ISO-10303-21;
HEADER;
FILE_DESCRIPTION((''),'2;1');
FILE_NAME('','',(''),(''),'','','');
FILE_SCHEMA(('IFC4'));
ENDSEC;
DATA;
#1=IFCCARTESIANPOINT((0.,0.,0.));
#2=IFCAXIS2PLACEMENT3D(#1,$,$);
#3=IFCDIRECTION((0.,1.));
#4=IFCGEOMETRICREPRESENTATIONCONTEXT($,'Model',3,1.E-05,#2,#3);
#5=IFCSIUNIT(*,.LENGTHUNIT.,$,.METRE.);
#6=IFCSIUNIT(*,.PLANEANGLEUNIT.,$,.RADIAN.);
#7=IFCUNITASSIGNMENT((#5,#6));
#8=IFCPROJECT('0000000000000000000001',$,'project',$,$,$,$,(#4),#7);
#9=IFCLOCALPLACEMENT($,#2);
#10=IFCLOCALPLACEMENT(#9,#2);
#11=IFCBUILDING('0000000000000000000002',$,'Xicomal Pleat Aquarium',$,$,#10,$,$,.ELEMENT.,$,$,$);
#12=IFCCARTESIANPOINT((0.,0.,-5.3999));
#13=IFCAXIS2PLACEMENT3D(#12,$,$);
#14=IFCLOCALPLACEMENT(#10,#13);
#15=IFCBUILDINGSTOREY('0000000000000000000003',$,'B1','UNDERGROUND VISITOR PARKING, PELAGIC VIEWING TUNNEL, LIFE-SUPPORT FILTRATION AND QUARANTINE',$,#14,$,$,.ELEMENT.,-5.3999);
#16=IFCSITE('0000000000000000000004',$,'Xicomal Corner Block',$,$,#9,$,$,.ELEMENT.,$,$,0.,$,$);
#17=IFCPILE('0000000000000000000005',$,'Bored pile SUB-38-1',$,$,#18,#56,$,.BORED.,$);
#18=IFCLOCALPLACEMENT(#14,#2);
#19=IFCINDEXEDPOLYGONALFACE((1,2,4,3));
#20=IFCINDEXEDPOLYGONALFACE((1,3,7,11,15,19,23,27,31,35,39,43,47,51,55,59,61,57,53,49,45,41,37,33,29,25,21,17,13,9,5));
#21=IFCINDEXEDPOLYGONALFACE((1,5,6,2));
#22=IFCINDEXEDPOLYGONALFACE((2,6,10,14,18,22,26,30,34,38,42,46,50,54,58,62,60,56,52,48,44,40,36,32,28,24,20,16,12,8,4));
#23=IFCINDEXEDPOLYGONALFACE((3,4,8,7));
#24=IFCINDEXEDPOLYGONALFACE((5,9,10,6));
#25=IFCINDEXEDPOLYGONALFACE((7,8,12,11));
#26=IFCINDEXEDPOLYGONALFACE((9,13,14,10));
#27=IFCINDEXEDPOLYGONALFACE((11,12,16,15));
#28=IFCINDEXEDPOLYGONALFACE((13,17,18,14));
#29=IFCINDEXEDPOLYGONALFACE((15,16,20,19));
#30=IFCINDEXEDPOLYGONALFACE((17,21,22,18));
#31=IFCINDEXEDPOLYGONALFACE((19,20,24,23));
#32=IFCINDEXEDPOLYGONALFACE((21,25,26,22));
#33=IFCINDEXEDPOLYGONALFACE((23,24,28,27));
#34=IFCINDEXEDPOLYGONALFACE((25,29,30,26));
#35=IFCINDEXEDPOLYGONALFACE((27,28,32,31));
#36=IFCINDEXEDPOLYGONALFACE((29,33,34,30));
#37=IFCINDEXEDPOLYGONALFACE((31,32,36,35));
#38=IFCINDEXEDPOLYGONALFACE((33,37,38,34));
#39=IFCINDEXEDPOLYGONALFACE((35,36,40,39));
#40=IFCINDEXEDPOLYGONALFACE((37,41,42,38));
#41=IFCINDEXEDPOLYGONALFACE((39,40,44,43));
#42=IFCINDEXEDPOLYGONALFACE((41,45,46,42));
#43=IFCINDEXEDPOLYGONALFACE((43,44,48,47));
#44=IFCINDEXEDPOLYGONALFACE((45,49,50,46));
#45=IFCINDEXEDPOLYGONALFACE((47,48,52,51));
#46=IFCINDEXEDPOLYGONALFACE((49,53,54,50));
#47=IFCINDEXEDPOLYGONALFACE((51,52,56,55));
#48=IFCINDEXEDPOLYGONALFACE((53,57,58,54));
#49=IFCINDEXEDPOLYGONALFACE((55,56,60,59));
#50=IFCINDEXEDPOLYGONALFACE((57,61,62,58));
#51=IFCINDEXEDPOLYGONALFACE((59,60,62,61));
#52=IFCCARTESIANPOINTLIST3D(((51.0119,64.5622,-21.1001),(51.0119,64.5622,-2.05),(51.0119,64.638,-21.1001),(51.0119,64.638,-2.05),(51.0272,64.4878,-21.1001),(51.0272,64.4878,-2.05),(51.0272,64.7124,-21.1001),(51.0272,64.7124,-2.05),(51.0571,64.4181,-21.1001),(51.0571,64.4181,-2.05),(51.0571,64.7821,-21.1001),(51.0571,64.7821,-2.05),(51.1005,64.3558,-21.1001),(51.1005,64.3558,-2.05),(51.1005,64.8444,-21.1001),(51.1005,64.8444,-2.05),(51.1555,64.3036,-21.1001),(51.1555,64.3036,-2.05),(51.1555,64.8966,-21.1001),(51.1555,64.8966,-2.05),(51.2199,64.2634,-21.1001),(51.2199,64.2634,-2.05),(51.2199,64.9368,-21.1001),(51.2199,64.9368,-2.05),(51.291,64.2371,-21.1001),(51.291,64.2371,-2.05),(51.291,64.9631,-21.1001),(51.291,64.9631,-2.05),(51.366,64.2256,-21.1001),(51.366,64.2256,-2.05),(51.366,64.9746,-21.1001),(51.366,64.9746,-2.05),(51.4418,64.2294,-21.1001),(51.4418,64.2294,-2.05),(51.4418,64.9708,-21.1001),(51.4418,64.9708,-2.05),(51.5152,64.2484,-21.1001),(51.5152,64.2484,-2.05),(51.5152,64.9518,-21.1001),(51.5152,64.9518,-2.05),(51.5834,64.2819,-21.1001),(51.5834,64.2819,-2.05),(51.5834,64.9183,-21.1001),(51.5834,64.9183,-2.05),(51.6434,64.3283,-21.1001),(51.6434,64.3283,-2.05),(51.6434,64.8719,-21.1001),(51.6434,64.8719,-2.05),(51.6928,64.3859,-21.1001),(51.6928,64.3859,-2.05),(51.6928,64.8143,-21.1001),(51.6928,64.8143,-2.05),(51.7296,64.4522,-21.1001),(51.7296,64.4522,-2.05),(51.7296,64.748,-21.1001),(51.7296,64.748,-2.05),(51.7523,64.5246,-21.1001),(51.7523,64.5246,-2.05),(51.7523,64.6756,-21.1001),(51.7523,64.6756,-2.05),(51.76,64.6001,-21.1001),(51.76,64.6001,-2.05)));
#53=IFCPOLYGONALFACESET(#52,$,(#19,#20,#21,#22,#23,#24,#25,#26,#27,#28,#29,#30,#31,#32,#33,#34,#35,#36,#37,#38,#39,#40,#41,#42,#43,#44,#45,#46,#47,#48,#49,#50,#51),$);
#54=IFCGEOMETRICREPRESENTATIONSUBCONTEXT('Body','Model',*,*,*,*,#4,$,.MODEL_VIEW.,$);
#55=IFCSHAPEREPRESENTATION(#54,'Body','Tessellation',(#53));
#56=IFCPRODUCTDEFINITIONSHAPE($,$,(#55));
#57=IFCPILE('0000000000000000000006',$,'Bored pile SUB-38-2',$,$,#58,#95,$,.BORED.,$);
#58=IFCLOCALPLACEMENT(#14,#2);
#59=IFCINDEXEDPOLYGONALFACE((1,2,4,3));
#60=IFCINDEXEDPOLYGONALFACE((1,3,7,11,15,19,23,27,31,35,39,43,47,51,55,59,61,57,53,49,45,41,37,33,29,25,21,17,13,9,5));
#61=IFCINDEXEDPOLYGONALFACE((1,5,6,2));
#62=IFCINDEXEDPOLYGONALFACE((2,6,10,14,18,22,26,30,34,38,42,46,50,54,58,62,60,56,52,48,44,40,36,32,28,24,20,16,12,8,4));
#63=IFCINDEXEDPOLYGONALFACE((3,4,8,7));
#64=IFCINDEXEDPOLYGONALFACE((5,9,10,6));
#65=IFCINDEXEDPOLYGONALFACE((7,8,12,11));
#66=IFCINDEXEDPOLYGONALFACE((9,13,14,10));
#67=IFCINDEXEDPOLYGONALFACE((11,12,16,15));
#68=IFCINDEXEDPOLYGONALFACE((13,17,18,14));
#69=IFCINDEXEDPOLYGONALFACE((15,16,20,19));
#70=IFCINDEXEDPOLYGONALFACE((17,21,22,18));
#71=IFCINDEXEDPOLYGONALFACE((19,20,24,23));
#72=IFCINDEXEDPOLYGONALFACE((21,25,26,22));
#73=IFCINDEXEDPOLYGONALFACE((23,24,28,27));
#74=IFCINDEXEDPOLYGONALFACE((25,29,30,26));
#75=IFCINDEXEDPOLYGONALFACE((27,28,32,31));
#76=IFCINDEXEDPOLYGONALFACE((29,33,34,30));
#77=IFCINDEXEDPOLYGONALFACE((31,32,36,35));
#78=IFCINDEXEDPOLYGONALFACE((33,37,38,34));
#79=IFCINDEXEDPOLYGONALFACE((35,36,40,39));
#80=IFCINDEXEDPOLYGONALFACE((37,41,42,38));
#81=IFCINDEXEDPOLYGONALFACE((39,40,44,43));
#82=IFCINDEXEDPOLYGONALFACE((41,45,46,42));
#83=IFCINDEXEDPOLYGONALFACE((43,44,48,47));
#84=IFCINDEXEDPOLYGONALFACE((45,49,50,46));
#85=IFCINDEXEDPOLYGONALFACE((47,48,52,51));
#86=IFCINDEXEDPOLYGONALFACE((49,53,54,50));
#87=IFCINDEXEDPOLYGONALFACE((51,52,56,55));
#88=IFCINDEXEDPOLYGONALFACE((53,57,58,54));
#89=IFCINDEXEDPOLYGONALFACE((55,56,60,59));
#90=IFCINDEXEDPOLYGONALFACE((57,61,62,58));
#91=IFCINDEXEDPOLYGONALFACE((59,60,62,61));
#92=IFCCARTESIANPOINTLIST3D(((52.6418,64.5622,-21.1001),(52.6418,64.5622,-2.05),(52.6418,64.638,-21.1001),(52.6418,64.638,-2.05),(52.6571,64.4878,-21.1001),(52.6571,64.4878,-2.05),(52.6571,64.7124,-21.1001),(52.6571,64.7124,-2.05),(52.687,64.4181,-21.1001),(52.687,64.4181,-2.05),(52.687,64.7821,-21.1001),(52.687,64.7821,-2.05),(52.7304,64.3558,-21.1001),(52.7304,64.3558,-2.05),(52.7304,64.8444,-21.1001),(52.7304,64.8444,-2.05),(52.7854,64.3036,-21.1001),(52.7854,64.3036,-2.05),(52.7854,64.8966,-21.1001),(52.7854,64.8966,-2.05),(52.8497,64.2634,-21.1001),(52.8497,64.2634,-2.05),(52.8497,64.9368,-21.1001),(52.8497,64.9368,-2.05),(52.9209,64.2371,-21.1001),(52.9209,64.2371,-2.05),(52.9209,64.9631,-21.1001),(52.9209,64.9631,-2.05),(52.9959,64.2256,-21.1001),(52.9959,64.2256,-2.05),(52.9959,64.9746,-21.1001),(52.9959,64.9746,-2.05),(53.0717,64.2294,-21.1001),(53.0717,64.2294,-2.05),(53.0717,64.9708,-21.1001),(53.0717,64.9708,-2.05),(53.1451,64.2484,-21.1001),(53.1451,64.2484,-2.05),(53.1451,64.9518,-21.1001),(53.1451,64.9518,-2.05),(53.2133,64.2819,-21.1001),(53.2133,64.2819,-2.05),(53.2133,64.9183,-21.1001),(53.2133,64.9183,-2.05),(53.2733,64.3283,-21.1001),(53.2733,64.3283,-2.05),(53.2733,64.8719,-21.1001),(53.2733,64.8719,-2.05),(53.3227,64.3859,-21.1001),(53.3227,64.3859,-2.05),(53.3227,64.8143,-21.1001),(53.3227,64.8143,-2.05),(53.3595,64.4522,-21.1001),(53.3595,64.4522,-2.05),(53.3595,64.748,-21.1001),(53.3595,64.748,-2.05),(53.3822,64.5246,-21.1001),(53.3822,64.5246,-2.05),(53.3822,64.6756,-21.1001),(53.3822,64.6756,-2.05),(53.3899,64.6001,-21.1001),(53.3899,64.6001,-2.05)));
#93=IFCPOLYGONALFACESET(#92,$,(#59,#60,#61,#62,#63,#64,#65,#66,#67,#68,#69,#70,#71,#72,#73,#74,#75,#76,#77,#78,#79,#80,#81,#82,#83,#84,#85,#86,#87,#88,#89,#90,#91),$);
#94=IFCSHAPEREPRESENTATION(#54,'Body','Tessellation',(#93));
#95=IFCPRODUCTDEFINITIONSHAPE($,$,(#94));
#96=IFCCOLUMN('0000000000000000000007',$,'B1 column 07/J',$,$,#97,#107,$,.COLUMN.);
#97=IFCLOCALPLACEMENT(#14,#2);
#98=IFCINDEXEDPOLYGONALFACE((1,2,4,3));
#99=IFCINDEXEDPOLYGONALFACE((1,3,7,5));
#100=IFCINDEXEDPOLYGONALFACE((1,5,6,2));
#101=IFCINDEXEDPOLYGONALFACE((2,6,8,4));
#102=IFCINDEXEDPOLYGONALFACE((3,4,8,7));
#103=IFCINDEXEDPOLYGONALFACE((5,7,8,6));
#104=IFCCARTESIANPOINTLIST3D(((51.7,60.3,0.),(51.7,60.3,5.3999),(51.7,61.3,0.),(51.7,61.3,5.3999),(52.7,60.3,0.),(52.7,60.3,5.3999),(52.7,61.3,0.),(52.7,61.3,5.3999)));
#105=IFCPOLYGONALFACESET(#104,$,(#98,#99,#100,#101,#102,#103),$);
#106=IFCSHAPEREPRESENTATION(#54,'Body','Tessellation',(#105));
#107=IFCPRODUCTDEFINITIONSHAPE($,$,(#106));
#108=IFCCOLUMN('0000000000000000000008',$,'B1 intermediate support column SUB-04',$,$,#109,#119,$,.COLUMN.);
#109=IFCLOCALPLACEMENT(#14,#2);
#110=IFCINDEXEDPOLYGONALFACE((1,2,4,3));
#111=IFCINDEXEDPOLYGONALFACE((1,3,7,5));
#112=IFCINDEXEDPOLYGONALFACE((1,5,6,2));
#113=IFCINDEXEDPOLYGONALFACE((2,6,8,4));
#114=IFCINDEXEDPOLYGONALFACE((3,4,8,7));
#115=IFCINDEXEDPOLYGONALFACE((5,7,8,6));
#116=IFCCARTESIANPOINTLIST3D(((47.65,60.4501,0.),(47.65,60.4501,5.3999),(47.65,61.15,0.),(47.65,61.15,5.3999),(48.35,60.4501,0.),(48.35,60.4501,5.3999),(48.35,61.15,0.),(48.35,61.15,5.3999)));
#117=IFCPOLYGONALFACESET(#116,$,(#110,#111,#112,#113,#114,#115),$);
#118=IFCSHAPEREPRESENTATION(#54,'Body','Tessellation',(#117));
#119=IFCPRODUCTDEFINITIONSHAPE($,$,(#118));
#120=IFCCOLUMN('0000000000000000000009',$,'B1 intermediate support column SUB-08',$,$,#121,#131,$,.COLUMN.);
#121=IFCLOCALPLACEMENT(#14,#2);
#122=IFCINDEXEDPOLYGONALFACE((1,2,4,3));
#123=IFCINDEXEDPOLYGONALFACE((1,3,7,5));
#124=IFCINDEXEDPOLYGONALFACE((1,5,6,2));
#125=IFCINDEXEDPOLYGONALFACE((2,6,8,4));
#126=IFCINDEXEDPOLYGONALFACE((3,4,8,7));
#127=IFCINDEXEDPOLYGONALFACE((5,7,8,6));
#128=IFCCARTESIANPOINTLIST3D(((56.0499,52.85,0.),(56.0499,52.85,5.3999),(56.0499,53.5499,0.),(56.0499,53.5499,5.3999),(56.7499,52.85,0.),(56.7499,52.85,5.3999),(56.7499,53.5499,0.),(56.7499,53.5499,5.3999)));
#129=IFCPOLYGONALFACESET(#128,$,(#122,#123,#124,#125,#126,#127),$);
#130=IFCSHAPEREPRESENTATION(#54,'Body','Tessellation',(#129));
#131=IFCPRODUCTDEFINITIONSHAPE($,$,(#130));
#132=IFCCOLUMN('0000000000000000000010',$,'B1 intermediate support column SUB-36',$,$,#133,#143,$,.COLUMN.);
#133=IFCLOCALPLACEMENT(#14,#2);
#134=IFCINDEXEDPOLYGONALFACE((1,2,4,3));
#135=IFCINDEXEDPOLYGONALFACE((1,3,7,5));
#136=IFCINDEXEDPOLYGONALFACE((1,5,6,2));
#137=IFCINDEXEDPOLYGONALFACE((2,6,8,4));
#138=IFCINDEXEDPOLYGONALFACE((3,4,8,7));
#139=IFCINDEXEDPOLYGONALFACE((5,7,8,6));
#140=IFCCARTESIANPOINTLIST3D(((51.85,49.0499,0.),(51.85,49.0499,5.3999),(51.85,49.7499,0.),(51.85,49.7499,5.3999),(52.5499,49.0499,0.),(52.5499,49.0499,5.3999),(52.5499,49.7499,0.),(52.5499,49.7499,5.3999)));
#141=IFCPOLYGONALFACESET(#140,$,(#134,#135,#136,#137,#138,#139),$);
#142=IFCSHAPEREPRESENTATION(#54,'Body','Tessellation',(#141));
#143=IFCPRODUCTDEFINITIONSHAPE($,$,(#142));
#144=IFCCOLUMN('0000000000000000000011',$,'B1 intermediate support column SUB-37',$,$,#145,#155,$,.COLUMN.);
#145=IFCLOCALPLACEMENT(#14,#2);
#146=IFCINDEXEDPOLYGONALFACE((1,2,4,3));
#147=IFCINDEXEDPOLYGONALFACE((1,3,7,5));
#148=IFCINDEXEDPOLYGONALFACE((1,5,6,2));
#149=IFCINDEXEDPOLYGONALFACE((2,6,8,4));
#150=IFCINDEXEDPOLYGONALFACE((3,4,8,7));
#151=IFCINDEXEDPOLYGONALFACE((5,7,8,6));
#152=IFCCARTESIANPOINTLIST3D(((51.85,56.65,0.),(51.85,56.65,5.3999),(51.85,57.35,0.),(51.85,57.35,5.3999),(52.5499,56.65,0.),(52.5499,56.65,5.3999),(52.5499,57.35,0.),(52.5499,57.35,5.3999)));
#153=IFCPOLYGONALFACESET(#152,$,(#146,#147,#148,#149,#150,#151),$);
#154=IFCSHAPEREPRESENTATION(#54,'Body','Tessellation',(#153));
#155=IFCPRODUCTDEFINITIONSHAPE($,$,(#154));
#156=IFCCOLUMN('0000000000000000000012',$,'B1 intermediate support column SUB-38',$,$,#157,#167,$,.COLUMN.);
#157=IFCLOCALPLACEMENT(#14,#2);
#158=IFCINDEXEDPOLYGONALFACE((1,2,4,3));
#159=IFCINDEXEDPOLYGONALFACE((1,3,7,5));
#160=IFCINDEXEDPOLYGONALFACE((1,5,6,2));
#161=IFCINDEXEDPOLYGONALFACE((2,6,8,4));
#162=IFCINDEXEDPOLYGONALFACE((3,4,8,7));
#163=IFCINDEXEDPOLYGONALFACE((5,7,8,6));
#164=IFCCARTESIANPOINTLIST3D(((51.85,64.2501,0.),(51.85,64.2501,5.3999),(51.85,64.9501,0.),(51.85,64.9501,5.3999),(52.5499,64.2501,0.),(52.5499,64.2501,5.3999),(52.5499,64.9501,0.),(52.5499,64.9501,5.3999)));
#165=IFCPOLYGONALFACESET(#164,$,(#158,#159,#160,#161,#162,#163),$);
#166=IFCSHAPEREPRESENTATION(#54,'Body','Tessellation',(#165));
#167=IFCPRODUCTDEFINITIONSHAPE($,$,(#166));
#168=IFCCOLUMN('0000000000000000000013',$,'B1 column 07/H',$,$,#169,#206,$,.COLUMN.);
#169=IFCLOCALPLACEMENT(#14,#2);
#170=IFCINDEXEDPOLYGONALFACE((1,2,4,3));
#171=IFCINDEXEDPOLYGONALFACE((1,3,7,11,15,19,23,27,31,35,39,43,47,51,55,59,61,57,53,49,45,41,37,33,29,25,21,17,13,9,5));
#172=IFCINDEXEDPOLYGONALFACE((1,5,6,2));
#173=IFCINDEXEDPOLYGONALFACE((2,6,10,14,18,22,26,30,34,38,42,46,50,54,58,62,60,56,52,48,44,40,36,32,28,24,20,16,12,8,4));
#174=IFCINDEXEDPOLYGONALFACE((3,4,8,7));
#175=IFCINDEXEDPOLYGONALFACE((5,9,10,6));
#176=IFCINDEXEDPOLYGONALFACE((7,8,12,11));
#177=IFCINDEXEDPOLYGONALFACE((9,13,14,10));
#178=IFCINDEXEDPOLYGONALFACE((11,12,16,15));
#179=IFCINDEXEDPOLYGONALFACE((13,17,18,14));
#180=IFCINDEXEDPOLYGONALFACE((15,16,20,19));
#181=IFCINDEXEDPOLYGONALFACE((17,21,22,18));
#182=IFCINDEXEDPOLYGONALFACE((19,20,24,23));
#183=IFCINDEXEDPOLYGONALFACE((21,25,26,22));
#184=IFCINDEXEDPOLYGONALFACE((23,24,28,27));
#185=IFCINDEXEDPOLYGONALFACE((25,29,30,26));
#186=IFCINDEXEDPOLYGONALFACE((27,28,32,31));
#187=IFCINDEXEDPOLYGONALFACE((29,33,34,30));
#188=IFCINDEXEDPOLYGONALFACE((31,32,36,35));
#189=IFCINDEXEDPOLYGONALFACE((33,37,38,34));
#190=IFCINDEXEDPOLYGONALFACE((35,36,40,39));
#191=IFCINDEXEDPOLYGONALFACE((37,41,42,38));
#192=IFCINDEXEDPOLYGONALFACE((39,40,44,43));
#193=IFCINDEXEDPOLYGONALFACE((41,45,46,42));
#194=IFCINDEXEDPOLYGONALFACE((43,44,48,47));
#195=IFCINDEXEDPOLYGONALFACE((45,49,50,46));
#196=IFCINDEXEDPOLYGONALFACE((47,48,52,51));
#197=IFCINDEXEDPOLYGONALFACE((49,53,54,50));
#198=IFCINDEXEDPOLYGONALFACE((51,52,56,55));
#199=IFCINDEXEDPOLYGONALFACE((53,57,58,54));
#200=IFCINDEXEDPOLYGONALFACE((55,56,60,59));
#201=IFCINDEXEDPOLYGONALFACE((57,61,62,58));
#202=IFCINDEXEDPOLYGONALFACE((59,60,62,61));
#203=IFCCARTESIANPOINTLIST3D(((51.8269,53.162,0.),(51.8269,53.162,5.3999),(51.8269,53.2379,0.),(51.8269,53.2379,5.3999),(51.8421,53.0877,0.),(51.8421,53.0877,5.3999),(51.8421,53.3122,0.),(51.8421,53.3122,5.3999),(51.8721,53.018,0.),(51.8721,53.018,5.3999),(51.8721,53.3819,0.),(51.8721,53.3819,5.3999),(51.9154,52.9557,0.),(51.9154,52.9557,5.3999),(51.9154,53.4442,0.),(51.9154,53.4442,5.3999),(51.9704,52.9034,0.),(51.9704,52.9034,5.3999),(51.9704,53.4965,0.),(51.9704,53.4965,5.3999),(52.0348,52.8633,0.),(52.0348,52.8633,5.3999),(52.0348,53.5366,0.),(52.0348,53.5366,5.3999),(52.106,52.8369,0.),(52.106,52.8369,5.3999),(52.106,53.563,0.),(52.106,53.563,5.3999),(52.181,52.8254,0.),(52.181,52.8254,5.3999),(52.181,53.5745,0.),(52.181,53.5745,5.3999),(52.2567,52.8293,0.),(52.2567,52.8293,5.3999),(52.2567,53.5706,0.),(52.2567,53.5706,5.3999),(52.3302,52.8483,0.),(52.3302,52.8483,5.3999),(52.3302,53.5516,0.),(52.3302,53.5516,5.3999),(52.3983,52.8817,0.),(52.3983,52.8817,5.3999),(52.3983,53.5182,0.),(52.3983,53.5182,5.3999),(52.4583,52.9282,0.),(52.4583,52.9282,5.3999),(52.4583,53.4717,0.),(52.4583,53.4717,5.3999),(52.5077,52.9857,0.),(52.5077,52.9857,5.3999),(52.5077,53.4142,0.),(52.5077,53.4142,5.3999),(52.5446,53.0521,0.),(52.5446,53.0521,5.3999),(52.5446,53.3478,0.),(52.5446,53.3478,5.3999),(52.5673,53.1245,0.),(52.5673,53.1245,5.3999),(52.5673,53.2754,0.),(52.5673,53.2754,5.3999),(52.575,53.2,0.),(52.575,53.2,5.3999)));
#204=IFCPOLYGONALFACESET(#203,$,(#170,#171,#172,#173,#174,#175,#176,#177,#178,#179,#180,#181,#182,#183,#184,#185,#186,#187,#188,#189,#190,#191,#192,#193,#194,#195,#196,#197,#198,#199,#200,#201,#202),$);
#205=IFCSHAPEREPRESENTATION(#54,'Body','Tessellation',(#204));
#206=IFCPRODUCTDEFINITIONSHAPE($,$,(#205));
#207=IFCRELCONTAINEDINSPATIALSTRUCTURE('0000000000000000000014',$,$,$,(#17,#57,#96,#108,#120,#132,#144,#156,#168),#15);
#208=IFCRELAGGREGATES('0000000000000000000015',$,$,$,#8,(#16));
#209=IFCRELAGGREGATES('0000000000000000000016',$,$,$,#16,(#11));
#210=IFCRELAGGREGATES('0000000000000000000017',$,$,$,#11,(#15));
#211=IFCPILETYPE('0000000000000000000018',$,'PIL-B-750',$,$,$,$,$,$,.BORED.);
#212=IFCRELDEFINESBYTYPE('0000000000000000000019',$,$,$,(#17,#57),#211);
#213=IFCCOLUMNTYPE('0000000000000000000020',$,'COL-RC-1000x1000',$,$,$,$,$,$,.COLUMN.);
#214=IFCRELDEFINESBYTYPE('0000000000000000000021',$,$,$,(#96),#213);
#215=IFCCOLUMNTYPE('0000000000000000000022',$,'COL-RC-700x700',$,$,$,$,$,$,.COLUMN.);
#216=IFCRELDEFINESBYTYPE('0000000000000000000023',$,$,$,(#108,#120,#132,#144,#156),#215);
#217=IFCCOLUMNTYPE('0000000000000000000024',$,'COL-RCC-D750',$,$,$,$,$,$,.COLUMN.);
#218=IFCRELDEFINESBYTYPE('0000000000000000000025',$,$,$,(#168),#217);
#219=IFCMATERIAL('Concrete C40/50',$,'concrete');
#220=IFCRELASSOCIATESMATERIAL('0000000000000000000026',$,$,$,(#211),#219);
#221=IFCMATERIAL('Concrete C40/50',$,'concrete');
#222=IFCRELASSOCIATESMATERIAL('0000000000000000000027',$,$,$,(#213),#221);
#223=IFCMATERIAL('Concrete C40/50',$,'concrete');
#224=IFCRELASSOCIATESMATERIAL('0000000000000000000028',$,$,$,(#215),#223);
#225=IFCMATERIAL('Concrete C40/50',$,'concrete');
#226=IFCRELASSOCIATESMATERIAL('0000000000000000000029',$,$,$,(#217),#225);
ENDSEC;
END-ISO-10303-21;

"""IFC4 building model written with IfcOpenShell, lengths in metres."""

from ifc_helpers import new_model, si_unit, direction, frame, origin, origin_2d, place, context, subcontext, project, spatial, rectangle, circle, extrude, material, material_profile, profile_set, type_object, element, save


model = new_model("IFC4")

# Units and contexts
model_context = context("Model", 3, precision=1e-05, world=origin(), true_north=direction((0.0, 1.0)))
body_context = subcontext(model_context, "Body", "Model", "MODEL_VIEW")
ifc_project = project(units=[si_unit("LENGTHUNIT", "METRE"), si_unit("PLANEANGLEUNIT", "RADIAN")], contexts=[model_context])

# Site, building, storey
site_placement = place(None, origin())
site = spatial("IfcSite", under=ifc_project, at=site_placement, Name="Xicomal Corner Block", CompositionType="ELEMENT", RefElevation=0.0)
building_placement = place(site_placement, origin())
building = spatial("IfcBuilding", under=site, at=building_placement, Name="Xicomal Pleat Aquarium", CompositionType="ELEMENT")
storey_placement = place(building_placement, frame((0.0, 0.0, -5.3999)))
storey = spatial("IfcBuildingStorey", under=building, at=storey_placement, Name="B1", Description="UNDERGROUND VISITOR PARKING, PELAGIC VIEWING TUNNEL, LIFE-SUPPORT FILTRATION AND QUARANTINE", CompositionType="ELEMENT", Elevation=-5.3999)

# Piles
ifc_material_1 = material(Name="Concrete C40/50", Category="concrete")
ifc_material_profile_1 = material_profile(ifc_material_1, circle(Radius=0.375, at=origin_2d()), Name="BORED PILE D750")
ifc_profile_set_1 = profile_set([ifc_material_profile_1], Name="Concrete C40/50")
pile_type_1 = type_object("IfcPileType", Name="PIL-B-750", PredefinedType="BORED", material=ifc_profile_set_1)
for number, where, z_axis, x_axis, name in (
    (1, (51.385, 64.6001, -2.05), (0.0, 0.0, -1.0), (1.0, 0.0, 0.0), "Bored pile SUB-38-1"),
    (2, (53.0149, 64.6001, -2.05), (0.0, 0.0, -1.0), (1.0, 0.0, 0.0), "Bored pile SUB-38-2"),
):
    element("IfcPile", number, at=place(storey_placement, frame(where, z_axis=z_axis, x_axis=x_axis)), inside=storey, type_object=pile_type_1, Name=name, PredefinedType="BORED", context=body_context, shape_type="SweptSolid", body=[
        extrude(circle(Radius=0.375, at=origin_2d()), origin(), (0.0, 0.0, 1.0), 19.05),
    ])

# Columns
ifc_material_2 = material(Name="Concrete C40/50", Category="concrete")
ifc_material_profile_2 = material_profile(ifc_material_2, rectangle(XDim=1.0, YDim=1.0, at=origin_2d()), Name="RC 1000x1000")
ifc_profile_set_2 = profile_set([ifc_material_profile_2], Name="Concrete C40/50")
column_type_1 = type_object("IfcColumnType", Name="COL-RC-1000x1000", PredefinedType="COLUMN", material=ifc_profile_set_2)
column_1_placement = place(storey_placement, frame((52.2, 60.8, 0.0), z_axis=(0.0, 0.0, 1.0), x_axis=(1.0, 0.0, 0.0)))
element("IfcColumn", 3, at=column_1_placement, inside=storey, type_object=column_type_1, Name="B1 column 07/J", PredefinedType="COLUMN", context=body_context, shape_type="SweptSolid", body=[
    extrude(rectangle(XDim=1.0, YDim=1.0, at=origin_2d()), origin(), (0.0, 0.0, 1.0), 5.3999),
])
ifc_material_3 = material(Name="Concrete C40/50", Category="concrete")
ifc_material_profile_3 = material_profile(ifc_material_3, rectangle(XDim=0.7, YDim=0.7, at=origin_2d()), Name="RC 700x700")
ifc_profile_set_3 = profile_set([ifc_material_profile_3], Name="Concrete C40/50")
column_type_2 = type_object("IfcColumnType", Name="COL-RC-700x700", PredefinedType="COLUMN", material=ifc_profile_set_3)
for number, where, z_axis, x_axis, name in (
    (4, (48.0, 60.8, 0.0), (0.0, 0.0, 1.0), (1.0, 0.0, 0.0), "B1 intermediate support column SUB-04"),
    (5, (56.3999, 53.2, 0.0), (0.0, 0.0, 1.0), (1.0, 0.0, 0.0), "B1 intermediate support column SUB-08"),
    (6, (52.2, 49.3999, 0.0), (0.0, 0.0, 1.0), (1.0, 0.0, 0.0), "B1 intermediate support column SUB-36"),
    (7, (52.2, 57.0, 0.0), (0.0, 0.0, 1.0), (1.0, 0.0, 0.0), "B1 intermediate support column SUB-37"),
    (8, (52.2, 64.6001, 0.0), (0.0, 0.0, 1.0), (1.0, 0.0, 0.0), "B1 intermediate support column SUB-38"),
):
    element("IfcColumn", number, at=place(storey_placement, frame(where, z_axis=z_axis, x_axis=x_axis)), inside=storey, type_object=column_type_2, Name=name, PredefinedType="COLUMN", context=body_context, shape_type="SweptSolid", body=[
        extrude(rectangle(XDim=0.7, YDim=0.7, at=origin_2d()), origin(), (0.0, 0.0, 1.0), 5.3999),
    ])
ifc_material_4 = material(Name="Concrete C40/50", Category="concrete")
ifc_material_profile_4 = material_profile(ifc_material_4, circle(Radius=0.375, at=origin_2d()), Name="RCC D750")
ifc_profile_set_4 = profile_set([ifc_material_profile_4], Name="Concrete C40/50")
column_type_3 = type_object("IfcColumnType", Name="COL-RCC-D750", PredefinedType="COLUMN", material=ifc_profile_set_4)
column_2_placement = place(storey_placement, frame((52.2, 53.2, 0.0), z_axis=(0.0, 0.0, 1.0), x_axis=(1.0, 0.0, 0.0)))
element("IfcColumn", 9, at=column_2_placement, inside=storey, type_object=column_type_3, Name="B1 column 07/H", PredefinedType="COLUMN", context=body_context, shape_type="SweptSolid", body=[
    extrude(circle(Radius=0.375, at=origin_2d()), origin(), (0.0, 0.0, 1.0), 5.3999),
])

save(model, "model.ifc")
